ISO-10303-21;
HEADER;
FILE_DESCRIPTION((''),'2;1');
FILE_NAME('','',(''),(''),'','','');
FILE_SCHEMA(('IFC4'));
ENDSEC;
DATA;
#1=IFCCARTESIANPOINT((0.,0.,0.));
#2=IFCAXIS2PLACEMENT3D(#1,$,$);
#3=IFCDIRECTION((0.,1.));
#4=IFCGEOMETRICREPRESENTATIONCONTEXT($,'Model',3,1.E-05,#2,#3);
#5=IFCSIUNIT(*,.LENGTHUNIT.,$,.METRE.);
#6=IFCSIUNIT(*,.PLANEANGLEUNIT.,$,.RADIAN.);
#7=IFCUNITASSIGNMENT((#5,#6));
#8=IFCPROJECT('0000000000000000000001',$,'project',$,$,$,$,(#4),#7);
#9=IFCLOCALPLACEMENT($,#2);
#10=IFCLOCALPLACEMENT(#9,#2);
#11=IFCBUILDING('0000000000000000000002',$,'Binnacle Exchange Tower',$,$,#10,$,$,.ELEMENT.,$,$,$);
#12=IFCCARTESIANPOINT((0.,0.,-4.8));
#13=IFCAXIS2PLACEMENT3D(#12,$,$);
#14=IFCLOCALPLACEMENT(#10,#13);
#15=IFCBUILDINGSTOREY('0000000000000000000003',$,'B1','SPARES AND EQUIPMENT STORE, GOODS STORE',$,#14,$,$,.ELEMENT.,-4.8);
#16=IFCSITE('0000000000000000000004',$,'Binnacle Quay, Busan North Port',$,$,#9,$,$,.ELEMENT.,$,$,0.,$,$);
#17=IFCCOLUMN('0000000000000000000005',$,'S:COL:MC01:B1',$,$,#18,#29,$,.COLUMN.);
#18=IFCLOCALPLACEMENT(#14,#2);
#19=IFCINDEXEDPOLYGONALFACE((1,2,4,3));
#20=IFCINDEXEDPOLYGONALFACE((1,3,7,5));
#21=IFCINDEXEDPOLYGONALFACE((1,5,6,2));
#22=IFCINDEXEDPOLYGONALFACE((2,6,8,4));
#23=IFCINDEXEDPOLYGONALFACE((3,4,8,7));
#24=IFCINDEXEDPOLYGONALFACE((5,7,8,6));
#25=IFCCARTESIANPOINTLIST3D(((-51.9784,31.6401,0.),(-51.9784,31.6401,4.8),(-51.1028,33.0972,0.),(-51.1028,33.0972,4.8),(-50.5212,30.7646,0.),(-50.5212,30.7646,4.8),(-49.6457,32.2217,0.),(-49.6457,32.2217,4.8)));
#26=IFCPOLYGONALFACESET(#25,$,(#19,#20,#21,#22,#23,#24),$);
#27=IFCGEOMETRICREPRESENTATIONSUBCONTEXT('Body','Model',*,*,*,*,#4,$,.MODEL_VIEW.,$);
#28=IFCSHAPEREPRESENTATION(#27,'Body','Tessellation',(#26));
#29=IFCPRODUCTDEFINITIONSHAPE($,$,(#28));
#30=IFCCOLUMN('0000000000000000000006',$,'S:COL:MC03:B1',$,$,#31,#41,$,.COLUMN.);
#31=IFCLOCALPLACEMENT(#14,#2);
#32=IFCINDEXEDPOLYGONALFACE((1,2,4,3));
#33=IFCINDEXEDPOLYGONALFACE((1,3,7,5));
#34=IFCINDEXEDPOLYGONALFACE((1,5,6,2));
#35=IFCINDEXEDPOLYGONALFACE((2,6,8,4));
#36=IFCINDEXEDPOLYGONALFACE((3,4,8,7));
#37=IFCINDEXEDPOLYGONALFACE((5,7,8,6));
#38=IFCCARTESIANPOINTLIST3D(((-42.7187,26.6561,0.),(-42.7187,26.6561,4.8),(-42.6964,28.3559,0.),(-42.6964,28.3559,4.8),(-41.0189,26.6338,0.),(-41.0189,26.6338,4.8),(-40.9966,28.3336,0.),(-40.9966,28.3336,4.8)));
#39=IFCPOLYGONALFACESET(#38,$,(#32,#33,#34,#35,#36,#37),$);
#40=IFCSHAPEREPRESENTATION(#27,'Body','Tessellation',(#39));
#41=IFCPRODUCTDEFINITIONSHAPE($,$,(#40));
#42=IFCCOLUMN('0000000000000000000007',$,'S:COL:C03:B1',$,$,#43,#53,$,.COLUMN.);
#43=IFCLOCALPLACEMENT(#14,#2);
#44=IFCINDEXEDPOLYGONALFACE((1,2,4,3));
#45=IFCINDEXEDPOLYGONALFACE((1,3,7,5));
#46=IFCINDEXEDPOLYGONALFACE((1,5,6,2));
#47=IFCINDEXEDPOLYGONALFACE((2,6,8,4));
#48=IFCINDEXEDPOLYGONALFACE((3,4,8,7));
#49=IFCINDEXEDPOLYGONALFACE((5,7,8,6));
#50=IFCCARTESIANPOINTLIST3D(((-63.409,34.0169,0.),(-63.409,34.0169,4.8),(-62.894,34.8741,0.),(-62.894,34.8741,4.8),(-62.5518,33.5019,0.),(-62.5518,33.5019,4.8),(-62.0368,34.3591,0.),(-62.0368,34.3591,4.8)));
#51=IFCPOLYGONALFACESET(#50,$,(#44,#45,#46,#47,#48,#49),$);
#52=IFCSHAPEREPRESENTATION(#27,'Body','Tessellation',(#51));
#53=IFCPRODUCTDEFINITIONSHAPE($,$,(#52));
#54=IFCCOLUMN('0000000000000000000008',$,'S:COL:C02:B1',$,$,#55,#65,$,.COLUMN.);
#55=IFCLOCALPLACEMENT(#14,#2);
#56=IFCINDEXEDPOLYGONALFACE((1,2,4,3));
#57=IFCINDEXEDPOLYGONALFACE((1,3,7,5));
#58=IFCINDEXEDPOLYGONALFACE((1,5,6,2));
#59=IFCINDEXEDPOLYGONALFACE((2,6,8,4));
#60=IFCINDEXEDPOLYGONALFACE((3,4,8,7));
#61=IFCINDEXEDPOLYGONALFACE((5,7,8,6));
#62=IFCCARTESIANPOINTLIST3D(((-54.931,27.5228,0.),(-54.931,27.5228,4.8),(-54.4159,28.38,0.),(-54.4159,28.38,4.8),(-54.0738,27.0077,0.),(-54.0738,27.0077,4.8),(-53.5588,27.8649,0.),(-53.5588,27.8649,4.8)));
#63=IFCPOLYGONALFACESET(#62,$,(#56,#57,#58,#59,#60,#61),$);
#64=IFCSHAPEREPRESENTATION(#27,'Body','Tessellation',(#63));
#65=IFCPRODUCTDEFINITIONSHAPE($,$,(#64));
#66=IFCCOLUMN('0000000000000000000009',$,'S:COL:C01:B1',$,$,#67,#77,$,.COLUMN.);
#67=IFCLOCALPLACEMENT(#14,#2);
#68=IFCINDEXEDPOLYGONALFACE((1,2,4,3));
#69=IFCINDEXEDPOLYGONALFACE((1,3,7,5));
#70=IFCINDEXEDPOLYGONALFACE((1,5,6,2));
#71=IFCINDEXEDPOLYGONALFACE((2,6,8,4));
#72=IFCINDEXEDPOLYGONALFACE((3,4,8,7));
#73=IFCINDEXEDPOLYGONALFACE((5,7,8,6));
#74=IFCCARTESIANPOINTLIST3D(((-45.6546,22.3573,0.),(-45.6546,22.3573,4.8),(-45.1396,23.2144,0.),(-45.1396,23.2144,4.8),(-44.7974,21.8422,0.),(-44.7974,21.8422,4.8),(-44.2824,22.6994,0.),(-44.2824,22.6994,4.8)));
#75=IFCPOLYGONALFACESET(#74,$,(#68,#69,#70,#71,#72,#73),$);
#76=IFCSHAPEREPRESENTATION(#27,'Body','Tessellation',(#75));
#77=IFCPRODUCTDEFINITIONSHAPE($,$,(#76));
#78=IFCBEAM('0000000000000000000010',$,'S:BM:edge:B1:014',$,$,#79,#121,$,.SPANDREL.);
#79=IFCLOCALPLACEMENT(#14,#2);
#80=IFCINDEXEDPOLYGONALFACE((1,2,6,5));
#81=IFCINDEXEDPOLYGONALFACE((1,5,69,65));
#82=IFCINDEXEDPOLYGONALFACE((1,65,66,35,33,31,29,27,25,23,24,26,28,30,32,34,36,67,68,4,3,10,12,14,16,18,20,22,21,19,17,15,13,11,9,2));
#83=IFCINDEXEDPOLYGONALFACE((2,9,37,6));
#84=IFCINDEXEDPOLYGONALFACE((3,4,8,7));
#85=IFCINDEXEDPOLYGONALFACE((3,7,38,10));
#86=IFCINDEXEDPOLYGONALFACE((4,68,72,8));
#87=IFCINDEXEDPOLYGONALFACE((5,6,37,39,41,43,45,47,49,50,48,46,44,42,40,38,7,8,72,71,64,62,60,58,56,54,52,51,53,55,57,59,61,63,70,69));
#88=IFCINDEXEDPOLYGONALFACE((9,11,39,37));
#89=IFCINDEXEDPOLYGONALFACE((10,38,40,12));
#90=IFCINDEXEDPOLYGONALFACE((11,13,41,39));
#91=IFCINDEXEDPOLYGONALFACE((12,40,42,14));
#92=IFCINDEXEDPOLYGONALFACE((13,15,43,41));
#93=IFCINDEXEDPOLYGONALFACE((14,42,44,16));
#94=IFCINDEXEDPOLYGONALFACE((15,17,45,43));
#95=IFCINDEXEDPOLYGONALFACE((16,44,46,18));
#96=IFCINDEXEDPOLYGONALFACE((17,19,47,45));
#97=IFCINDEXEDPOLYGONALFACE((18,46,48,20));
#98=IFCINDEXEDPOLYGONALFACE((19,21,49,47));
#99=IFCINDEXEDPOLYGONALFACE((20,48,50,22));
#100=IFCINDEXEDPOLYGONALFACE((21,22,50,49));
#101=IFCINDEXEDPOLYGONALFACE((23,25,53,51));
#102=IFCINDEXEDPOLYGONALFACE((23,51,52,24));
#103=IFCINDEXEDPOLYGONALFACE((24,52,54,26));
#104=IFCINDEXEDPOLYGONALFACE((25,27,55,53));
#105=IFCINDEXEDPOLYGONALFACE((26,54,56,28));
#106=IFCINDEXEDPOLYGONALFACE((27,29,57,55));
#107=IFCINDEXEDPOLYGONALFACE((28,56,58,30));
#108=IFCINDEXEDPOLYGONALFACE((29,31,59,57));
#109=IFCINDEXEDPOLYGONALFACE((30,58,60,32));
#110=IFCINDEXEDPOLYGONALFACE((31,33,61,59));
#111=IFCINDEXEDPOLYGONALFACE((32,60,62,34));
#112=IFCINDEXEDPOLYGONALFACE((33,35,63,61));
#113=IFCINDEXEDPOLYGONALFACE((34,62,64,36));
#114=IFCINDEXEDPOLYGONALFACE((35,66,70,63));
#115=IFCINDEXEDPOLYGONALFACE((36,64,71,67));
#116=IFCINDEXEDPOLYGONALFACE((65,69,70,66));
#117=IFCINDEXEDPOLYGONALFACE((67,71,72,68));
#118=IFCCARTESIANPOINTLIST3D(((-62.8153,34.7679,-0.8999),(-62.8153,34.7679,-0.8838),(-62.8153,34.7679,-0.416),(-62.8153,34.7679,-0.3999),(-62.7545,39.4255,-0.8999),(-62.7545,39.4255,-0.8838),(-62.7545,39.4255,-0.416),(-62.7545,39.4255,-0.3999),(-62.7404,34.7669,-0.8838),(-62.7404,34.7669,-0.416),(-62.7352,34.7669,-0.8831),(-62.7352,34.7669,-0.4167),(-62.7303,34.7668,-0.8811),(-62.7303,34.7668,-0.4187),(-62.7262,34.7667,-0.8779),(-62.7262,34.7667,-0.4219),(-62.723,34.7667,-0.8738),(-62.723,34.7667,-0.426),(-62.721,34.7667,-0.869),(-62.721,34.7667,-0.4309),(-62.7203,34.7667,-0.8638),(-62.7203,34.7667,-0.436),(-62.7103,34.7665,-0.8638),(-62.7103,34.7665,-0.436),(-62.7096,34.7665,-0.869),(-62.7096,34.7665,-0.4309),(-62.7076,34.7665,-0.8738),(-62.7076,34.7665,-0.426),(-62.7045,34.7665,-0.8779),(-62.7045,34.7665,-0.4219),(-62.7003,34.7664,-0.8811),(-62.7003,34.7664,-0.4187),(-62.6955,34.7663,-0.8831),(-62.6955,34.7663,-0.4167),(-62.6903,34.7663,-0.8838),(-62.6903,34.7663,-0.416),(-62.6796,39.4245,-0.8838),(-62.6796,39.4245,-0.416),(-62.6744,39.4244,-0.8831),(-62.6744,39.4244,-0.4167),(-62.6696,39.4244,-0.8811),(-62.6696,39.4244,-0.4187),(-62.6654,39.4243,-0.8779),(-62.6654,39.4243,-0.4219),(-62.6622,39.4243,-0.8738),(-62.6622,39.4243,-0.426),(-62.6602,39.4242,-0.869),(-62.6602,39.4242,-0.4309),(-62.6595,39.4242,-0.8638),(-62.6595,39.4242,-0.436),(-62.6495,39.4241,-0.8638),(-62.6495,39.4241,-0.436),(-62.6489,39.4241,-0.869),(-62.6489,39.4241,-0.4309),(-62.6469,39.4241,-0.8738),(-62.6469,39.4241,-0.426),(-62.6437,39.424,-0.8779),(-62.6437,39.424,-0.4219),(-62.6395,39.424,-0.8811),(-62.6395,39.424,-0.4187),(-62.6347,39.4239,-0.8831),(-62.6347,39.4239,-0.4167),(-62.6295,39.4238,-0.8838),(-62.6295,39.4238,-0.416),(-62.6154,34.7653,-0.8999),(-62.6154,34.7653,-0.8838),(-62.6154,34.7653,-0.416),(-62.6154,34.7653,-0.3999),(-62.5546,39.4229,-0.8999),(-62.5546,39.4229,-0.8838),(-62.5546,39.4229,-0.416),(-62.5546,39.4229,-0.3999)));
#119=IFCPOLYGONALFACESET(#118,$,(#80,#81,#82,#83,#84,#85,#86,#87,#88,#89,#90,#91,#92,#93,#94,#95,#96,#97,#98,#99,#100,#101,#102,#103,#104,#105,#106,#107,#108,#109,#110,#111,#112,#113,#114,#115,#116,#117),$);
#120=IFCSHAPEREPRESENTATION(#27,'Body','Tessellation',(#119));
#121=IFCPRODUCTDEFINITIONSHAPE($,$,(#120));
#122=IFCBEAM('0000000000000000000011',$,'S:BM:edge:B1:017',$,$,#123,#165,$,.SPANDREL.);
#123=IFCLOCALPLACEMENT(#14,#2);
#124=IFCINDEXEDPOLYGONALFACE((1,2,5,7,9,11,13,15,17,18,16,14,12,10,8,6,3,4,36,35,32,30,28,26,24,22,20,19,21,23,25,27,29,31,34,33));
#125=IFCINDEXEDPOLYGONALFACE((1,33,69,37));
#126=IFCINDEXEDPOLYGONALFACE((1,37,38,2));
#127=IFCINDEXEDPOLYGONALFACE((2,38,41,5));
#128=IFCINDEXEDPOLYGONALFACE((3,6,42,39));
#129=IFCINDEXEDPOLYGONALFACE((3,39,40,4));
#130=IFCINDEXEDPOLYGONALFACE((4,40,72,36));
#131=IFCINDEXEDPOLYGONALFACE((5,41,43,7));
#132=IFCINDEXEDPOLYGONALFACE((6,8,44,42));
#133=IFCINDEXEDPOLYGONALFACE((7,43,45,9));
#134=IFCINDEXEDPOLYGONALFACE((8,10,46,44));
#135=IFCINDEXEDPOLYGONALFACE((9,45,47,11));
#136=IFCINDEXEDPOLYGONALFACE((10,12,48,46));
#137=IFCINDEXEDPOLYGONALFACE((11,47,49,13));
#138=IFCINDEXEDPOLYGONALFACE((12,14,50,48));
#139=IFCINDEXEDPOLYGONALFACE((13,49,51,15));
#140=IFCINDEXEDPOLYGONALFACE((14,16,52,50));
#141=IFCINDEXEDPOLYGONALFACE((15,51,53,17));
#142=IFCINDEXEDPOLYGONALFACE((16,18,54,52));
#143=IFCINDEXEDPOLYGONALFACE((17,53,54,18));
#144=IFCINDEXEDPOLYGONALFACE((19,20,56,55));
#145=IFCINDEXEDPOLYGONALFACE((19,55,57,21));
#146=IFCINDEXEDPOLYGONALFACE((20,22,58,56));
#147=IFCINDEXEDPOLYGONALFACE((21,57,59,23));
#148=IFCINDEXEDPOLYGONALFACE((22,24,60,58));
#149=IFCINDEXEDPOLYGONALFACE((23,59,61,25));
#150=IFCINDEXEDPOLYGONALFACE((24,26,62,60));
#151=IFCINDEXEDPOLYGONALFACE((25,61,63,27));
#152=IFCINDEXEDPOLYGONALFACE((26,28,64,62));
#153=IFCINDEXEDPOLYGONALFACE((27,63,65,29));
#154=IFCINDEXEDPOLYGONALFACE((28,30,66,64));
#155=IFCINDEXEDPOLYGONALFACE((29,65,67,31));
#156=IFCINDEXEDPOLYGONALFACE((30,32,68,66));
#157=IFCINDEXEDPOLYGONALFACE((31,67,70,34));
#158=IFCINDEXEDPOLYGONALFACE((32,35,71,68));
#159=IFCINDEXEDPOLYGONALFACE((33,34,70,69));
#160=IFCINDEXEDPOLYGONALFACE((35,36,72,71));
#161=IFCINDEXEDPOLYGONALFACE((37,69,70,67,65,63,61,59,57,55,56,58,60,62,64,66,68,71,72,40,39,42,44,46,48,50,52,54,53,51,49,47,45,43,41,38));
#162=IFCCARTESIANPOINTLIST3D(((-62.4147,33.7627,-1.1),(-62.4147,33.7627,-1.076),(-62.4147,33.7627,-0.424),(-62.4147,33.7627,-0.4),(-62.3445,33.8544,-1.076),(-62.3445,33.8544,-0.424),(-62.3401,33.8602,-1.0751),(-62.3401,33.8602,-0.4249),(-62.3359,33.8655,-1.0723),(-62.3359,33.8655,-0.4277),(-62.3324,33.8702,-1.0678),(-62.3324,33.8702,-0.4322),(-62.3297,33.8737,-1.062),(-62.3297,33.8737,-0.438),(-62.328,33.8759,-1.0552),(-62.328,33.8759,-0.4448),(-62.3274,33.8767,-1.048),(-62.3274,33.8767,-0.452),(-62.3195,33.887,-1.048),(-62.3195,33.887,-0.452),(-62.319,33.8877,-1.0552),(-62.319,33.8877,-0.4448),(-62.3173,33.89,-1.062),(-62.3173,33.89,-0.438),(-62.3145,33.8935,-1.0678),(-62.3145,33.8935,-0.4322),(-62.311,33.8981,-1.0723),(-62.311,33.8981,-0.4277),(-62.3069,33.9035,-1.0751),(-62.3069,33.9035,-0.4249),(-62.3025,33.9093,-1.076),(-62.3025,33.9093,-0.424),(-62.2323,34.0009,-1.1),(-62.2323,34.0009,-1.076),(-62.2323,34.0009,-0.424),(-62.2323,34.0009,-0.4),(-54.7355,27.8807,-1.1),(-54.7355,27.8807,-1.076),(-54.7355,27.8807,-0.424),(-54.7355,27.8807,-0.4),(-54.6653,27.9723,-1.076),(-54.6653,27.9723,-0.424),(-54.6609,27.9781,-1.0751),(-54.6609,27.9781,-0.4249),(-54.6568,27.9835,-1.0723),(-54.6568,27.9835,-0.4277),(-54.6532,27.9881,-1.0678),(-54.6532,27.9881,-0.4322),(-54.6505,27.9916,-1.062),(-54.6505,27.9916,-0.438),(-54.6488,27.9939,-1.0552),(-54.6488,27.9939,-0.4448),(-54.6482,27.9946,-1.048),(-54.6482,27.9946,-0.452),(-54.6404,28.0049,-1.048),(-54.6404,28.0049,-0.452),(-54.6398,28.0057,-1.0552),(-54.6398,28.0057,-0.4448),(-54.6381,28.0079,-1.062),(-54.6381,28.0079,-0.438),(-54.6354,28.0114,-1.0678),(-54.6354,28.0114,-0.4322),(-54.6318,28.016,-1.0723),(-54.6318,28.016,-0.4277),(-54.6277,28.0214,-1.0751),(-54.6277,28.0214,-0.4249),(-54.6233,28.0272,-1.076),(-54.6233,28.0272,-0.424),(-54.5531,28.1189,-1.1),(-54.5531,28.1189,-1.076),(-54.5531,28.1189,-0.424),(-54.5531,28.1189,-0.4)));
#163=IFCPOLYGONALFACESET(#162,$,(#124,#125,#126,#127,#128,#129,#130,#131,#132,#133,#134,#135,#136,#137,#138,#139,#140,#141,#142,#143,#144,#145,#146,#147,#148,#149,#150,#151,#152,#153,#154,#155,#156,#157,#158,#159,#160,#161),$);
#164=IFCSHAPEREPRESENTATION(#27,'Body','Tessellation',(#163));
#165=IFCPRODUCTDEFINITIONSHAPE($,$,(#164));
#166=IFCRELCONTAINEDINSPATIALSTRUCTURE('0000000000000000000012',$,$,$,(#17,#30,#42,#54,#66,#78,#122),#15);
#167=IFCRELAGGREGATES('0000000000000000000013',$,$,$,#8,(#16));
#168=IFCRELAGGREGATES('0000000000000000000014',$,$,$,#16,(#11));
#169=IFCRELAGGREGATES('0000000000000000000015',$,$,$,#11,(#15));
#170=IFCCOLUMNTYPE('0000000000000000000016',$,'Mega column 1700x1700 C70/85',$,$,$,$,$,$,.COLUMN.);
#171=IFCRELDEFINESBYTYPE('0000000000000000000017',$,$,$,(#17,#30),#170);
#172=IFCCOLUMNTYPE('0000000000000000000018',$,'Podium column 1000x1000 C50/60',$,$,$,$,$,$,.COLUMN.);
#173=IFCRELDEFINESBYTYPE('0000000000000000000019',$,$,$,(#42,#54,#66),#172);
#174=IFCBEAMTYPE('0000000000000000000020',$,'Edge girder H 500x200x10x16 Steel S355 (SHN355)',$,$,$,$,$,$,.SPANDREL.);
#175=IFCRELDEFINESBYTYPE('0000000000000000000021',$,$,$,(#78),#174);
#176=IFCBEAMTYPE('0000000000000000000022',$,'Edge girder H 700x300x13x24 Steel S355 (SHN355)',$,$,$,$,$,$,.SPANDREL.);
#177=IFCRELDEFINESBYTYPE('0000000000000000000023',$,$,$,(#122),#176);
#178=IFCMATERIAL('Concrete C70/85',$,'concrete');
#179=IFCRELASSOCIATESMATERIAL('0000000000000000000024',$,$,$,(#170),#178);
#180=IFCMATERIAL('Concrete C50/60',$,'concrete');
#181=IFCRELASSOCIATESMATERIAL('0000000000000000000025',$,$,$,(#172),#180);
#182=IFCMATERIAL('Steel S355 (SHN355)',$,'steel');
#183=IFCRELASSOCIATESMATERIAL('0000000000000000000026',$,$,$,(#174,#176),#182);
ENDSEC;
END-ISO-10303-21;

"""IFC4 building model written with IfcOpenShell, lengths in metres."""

from ifc_helpers import new_model, si_unit, direction, frame, origin, origin_2d, place, context, subcontext, project, spatial, rectangle, i_section, extrude, material, material_profile, profile_set, type_object, element, save


model = new_model("IFC4")

# Units and contexts
model_context = context("Model", 3, precision=1e-05, world=origin(), true_north=direction((0.0, 1.0)))
body_context = subcontext(model_context, "Body", "Model", "MODEL_VIEW")
ifc_project = project(units=[si_unit("LENGTHUNIT", "METRE"), si_unit("PLANEANGLEUNIT", "RADIAN")], contexts=[model_context])

# Site, building, storey
site_placement = place(None, origin())
site = spatial("IfcSite", under=ifc_project, at=site_placement, Name="Binnacle Quay, Busan North Port", CompositionType="ELEMENT", RefElevation=0.0)
building_placement = place(site_placement, origin())
building = spatial("IfcBuilding", under=site, at=building_placement, Name="Binnacle Exchange Tower", CompositionType="ELEMENT")
storey_placement = place(building_placement, frame((0.0, 0.0, -4.8)))
storey = spatial("IfcBuildingStorey", under=building, at=storey_placement, Name="B1", Description="SPARES AND EQUIPMENT STORE, GOODS STORE", CompositionType="ELEMENT", Elevation=-4.8)

# Columns
ifc_material_1 = material(Name="Concrete C70/85", Category="concrete")
ifc_material_profile_1 = material_profile(ifc_material_1, rectangle(XDim=1.7, YDim=1.7, at=origin_2d()), Name="Mega column 1700x1700 C70/85")
ifc_profile_set_1 = profile_set([ifc_material_profile_1], Name="Concrete C70/85")
column_type_1 = type_object("IfcColumnType", Name="Mega column 1700x1700 C70/85", PredefinedType="COLUMN", material=ifc_profile_set_1)
for number, where, z_axis, x_axis, name in (
    (1, (-50.812, 31.9309, 0.0), (0.0, 0.0, 1.0), (0.857167, -0.515038, 0.0), "S:COL:MC01:B1"),
    (2, (-41.8577, 27.4949, 0.0), (0.0, 0.0, 1.0), (0.999914, -0.01309, 0.0), "S:COL:MC03:B1"),
):
    element("IfcColumn", number, at=place(storey_placement, frame(where, z_axis=z_axis, x_axis=x_axis)), inside=storey, type_object=column_type_1, Name=name, PredefinedType="COLUMN", context=body_context, shape_type="SweptSolid", body=[
        extrude(rectangle(XDim=1.7, YDim=1.7, at=origin_2d()), origin(), (0.0, 0.0, 1.0), 4.8),
    ])
ifc_material_2 = material(Name="Concrete C50/60", Category="concrete")
ifc_material_profile_2 = material_profile(ifc_material_2, rectangle(XDim=1.0, YDim=1.0, at=origin_2d()), Name="Podium column 1000x1000 C50/60")
ifc_profile_set_2 = profile_set([ifc_material_profile_2], Name="Concrete C50/60")
column_type_2 = type_object("IfcColumnType", Name="Podium column 1000x1000 C50/60", PredefinedType="COLUMN", material=ifc_profile_set_2)
for number, where, z_axis, x_axis, name in (
    (3, (-62.7229, 34.188, 0.0), (0.0, 0.0, 1.0), (0.857167, -0.515038, 0.0), "S:COL:C03:B1"),
    (4, (-54.2449, 27.6938, 0.0), (0.0, 0.0, 1.0), (0.857167, -0.515038, 0.0), "S:COL:C02:B1"),
    (5, (-44.9685, 22.5283, 0.0), (0.0, 0.0, 1.0), (0.857167, -0.515038, 0.0), "S:COL:C01:B1"),
):
    element("IfcColumn", number, at=place(storey_placement, frame(where, z_axis=z_axis, x_axis=x_axis)), inside=storey, type_object=column_type_2, Name=name, PredefinedType="COLUMN", context=body_context, shape_type="SweptSolid", body=[
        extrude(rectangle(XDim=1.0, YDim=1.0, at=origin_2d()), origin(), (0.0, 0.0, 1.0), 4.8),
    ])

# Beams
ifc_material_3 = material(Name="Steel S355 (SHN355)", Category="steel")
ifc_material_profile_3 = material_profile(ifc_material_3, i_section(OverallWidth=0.2, OverallDepth=0.5, WebThickness=0.01, FlangeThickness=0.0161, FilletRadius=0.02, at=origin_2d()), Name="H 500x200x10x16")
ifc_profile_set_3 = profile_set([ifc_material_profile_3], Name="Steel S355 (SHN355)")
beam_type_1 = type_object("IfcBeamType", Name="Edge girder H 500x200x10x16 Steel S355 (SHN355)", PredefinedType="SPANDREL", material=ifc_profile_set_3)
beam_1_placement = place(storey_placement, frame((-62.7153, 34.7666, -0.6499), z_axis=(0.013051, 0.999915, 0.0), x_axis=(-0.999915, 0.013051, 0.0)))
element("IfcBeam", 6, at=beam_1_placement, inside=storey, type_object=beam_type_1, Name="S:BM:edge:B1:014", PredefinedType="SPANDREL", context=body_context, shape_type="SweptSolid", body=[
    extrude(i_section(OverallWidth=0.2, OverallDepth=0.5, WebThickness=0.01, FlangeThickness=0.0161, FilletRadius=0.02, at=origin_2d()), origin(), (0.0, 0.0, 1.0), 4.658),
])
ifc_material_profile_4 = material_profile(ifc_material_3, i_section(OverallWidth=0.3, OverallDepth=0.7, WebThickness=0.0129, FlangeThickness=0.0239, FilletRadius=0.0281, at=origin_2d()), Name="H 700x300x13x24")
ifc_profile_set_4 = profile_set([ifc_material_profile_4], Name="Steel S355 (SHN355)")
beam_type_2 = type_object("IfcBeamType", Name="Edge girder H 700x300x13x24 Steel S355 (SHN355)", PredefinedType="SPANDREL", material=ifc_profile_set_4)
beam_2_placement = place(storey_placement, frame((-54.6443, 27.9998, -0.75), z_axis=(-0.793871, 0.608086, 0.0), x_axis=(-0.608086, -0.793871, 0.0)))
element("IfcBeam", 7, at=beam_2_placement, inside=storey, type_object=beam_type_2, Name="S:BM:edge:B1:017", PredefinedType="SPANDREL", context=body_context, shape_type="SweptSolid", body=[
    extrude(i_section(OverallWidth=0.3, OverallDepth=0.7, WebThickness=0.0129, FlangeThickness=0.0239, FilletRadius=0.0281, at=origin_2d()), origin(), (0.0, 0.0, 1.0), 9.6731),
])

save(model, "model.ifc")
